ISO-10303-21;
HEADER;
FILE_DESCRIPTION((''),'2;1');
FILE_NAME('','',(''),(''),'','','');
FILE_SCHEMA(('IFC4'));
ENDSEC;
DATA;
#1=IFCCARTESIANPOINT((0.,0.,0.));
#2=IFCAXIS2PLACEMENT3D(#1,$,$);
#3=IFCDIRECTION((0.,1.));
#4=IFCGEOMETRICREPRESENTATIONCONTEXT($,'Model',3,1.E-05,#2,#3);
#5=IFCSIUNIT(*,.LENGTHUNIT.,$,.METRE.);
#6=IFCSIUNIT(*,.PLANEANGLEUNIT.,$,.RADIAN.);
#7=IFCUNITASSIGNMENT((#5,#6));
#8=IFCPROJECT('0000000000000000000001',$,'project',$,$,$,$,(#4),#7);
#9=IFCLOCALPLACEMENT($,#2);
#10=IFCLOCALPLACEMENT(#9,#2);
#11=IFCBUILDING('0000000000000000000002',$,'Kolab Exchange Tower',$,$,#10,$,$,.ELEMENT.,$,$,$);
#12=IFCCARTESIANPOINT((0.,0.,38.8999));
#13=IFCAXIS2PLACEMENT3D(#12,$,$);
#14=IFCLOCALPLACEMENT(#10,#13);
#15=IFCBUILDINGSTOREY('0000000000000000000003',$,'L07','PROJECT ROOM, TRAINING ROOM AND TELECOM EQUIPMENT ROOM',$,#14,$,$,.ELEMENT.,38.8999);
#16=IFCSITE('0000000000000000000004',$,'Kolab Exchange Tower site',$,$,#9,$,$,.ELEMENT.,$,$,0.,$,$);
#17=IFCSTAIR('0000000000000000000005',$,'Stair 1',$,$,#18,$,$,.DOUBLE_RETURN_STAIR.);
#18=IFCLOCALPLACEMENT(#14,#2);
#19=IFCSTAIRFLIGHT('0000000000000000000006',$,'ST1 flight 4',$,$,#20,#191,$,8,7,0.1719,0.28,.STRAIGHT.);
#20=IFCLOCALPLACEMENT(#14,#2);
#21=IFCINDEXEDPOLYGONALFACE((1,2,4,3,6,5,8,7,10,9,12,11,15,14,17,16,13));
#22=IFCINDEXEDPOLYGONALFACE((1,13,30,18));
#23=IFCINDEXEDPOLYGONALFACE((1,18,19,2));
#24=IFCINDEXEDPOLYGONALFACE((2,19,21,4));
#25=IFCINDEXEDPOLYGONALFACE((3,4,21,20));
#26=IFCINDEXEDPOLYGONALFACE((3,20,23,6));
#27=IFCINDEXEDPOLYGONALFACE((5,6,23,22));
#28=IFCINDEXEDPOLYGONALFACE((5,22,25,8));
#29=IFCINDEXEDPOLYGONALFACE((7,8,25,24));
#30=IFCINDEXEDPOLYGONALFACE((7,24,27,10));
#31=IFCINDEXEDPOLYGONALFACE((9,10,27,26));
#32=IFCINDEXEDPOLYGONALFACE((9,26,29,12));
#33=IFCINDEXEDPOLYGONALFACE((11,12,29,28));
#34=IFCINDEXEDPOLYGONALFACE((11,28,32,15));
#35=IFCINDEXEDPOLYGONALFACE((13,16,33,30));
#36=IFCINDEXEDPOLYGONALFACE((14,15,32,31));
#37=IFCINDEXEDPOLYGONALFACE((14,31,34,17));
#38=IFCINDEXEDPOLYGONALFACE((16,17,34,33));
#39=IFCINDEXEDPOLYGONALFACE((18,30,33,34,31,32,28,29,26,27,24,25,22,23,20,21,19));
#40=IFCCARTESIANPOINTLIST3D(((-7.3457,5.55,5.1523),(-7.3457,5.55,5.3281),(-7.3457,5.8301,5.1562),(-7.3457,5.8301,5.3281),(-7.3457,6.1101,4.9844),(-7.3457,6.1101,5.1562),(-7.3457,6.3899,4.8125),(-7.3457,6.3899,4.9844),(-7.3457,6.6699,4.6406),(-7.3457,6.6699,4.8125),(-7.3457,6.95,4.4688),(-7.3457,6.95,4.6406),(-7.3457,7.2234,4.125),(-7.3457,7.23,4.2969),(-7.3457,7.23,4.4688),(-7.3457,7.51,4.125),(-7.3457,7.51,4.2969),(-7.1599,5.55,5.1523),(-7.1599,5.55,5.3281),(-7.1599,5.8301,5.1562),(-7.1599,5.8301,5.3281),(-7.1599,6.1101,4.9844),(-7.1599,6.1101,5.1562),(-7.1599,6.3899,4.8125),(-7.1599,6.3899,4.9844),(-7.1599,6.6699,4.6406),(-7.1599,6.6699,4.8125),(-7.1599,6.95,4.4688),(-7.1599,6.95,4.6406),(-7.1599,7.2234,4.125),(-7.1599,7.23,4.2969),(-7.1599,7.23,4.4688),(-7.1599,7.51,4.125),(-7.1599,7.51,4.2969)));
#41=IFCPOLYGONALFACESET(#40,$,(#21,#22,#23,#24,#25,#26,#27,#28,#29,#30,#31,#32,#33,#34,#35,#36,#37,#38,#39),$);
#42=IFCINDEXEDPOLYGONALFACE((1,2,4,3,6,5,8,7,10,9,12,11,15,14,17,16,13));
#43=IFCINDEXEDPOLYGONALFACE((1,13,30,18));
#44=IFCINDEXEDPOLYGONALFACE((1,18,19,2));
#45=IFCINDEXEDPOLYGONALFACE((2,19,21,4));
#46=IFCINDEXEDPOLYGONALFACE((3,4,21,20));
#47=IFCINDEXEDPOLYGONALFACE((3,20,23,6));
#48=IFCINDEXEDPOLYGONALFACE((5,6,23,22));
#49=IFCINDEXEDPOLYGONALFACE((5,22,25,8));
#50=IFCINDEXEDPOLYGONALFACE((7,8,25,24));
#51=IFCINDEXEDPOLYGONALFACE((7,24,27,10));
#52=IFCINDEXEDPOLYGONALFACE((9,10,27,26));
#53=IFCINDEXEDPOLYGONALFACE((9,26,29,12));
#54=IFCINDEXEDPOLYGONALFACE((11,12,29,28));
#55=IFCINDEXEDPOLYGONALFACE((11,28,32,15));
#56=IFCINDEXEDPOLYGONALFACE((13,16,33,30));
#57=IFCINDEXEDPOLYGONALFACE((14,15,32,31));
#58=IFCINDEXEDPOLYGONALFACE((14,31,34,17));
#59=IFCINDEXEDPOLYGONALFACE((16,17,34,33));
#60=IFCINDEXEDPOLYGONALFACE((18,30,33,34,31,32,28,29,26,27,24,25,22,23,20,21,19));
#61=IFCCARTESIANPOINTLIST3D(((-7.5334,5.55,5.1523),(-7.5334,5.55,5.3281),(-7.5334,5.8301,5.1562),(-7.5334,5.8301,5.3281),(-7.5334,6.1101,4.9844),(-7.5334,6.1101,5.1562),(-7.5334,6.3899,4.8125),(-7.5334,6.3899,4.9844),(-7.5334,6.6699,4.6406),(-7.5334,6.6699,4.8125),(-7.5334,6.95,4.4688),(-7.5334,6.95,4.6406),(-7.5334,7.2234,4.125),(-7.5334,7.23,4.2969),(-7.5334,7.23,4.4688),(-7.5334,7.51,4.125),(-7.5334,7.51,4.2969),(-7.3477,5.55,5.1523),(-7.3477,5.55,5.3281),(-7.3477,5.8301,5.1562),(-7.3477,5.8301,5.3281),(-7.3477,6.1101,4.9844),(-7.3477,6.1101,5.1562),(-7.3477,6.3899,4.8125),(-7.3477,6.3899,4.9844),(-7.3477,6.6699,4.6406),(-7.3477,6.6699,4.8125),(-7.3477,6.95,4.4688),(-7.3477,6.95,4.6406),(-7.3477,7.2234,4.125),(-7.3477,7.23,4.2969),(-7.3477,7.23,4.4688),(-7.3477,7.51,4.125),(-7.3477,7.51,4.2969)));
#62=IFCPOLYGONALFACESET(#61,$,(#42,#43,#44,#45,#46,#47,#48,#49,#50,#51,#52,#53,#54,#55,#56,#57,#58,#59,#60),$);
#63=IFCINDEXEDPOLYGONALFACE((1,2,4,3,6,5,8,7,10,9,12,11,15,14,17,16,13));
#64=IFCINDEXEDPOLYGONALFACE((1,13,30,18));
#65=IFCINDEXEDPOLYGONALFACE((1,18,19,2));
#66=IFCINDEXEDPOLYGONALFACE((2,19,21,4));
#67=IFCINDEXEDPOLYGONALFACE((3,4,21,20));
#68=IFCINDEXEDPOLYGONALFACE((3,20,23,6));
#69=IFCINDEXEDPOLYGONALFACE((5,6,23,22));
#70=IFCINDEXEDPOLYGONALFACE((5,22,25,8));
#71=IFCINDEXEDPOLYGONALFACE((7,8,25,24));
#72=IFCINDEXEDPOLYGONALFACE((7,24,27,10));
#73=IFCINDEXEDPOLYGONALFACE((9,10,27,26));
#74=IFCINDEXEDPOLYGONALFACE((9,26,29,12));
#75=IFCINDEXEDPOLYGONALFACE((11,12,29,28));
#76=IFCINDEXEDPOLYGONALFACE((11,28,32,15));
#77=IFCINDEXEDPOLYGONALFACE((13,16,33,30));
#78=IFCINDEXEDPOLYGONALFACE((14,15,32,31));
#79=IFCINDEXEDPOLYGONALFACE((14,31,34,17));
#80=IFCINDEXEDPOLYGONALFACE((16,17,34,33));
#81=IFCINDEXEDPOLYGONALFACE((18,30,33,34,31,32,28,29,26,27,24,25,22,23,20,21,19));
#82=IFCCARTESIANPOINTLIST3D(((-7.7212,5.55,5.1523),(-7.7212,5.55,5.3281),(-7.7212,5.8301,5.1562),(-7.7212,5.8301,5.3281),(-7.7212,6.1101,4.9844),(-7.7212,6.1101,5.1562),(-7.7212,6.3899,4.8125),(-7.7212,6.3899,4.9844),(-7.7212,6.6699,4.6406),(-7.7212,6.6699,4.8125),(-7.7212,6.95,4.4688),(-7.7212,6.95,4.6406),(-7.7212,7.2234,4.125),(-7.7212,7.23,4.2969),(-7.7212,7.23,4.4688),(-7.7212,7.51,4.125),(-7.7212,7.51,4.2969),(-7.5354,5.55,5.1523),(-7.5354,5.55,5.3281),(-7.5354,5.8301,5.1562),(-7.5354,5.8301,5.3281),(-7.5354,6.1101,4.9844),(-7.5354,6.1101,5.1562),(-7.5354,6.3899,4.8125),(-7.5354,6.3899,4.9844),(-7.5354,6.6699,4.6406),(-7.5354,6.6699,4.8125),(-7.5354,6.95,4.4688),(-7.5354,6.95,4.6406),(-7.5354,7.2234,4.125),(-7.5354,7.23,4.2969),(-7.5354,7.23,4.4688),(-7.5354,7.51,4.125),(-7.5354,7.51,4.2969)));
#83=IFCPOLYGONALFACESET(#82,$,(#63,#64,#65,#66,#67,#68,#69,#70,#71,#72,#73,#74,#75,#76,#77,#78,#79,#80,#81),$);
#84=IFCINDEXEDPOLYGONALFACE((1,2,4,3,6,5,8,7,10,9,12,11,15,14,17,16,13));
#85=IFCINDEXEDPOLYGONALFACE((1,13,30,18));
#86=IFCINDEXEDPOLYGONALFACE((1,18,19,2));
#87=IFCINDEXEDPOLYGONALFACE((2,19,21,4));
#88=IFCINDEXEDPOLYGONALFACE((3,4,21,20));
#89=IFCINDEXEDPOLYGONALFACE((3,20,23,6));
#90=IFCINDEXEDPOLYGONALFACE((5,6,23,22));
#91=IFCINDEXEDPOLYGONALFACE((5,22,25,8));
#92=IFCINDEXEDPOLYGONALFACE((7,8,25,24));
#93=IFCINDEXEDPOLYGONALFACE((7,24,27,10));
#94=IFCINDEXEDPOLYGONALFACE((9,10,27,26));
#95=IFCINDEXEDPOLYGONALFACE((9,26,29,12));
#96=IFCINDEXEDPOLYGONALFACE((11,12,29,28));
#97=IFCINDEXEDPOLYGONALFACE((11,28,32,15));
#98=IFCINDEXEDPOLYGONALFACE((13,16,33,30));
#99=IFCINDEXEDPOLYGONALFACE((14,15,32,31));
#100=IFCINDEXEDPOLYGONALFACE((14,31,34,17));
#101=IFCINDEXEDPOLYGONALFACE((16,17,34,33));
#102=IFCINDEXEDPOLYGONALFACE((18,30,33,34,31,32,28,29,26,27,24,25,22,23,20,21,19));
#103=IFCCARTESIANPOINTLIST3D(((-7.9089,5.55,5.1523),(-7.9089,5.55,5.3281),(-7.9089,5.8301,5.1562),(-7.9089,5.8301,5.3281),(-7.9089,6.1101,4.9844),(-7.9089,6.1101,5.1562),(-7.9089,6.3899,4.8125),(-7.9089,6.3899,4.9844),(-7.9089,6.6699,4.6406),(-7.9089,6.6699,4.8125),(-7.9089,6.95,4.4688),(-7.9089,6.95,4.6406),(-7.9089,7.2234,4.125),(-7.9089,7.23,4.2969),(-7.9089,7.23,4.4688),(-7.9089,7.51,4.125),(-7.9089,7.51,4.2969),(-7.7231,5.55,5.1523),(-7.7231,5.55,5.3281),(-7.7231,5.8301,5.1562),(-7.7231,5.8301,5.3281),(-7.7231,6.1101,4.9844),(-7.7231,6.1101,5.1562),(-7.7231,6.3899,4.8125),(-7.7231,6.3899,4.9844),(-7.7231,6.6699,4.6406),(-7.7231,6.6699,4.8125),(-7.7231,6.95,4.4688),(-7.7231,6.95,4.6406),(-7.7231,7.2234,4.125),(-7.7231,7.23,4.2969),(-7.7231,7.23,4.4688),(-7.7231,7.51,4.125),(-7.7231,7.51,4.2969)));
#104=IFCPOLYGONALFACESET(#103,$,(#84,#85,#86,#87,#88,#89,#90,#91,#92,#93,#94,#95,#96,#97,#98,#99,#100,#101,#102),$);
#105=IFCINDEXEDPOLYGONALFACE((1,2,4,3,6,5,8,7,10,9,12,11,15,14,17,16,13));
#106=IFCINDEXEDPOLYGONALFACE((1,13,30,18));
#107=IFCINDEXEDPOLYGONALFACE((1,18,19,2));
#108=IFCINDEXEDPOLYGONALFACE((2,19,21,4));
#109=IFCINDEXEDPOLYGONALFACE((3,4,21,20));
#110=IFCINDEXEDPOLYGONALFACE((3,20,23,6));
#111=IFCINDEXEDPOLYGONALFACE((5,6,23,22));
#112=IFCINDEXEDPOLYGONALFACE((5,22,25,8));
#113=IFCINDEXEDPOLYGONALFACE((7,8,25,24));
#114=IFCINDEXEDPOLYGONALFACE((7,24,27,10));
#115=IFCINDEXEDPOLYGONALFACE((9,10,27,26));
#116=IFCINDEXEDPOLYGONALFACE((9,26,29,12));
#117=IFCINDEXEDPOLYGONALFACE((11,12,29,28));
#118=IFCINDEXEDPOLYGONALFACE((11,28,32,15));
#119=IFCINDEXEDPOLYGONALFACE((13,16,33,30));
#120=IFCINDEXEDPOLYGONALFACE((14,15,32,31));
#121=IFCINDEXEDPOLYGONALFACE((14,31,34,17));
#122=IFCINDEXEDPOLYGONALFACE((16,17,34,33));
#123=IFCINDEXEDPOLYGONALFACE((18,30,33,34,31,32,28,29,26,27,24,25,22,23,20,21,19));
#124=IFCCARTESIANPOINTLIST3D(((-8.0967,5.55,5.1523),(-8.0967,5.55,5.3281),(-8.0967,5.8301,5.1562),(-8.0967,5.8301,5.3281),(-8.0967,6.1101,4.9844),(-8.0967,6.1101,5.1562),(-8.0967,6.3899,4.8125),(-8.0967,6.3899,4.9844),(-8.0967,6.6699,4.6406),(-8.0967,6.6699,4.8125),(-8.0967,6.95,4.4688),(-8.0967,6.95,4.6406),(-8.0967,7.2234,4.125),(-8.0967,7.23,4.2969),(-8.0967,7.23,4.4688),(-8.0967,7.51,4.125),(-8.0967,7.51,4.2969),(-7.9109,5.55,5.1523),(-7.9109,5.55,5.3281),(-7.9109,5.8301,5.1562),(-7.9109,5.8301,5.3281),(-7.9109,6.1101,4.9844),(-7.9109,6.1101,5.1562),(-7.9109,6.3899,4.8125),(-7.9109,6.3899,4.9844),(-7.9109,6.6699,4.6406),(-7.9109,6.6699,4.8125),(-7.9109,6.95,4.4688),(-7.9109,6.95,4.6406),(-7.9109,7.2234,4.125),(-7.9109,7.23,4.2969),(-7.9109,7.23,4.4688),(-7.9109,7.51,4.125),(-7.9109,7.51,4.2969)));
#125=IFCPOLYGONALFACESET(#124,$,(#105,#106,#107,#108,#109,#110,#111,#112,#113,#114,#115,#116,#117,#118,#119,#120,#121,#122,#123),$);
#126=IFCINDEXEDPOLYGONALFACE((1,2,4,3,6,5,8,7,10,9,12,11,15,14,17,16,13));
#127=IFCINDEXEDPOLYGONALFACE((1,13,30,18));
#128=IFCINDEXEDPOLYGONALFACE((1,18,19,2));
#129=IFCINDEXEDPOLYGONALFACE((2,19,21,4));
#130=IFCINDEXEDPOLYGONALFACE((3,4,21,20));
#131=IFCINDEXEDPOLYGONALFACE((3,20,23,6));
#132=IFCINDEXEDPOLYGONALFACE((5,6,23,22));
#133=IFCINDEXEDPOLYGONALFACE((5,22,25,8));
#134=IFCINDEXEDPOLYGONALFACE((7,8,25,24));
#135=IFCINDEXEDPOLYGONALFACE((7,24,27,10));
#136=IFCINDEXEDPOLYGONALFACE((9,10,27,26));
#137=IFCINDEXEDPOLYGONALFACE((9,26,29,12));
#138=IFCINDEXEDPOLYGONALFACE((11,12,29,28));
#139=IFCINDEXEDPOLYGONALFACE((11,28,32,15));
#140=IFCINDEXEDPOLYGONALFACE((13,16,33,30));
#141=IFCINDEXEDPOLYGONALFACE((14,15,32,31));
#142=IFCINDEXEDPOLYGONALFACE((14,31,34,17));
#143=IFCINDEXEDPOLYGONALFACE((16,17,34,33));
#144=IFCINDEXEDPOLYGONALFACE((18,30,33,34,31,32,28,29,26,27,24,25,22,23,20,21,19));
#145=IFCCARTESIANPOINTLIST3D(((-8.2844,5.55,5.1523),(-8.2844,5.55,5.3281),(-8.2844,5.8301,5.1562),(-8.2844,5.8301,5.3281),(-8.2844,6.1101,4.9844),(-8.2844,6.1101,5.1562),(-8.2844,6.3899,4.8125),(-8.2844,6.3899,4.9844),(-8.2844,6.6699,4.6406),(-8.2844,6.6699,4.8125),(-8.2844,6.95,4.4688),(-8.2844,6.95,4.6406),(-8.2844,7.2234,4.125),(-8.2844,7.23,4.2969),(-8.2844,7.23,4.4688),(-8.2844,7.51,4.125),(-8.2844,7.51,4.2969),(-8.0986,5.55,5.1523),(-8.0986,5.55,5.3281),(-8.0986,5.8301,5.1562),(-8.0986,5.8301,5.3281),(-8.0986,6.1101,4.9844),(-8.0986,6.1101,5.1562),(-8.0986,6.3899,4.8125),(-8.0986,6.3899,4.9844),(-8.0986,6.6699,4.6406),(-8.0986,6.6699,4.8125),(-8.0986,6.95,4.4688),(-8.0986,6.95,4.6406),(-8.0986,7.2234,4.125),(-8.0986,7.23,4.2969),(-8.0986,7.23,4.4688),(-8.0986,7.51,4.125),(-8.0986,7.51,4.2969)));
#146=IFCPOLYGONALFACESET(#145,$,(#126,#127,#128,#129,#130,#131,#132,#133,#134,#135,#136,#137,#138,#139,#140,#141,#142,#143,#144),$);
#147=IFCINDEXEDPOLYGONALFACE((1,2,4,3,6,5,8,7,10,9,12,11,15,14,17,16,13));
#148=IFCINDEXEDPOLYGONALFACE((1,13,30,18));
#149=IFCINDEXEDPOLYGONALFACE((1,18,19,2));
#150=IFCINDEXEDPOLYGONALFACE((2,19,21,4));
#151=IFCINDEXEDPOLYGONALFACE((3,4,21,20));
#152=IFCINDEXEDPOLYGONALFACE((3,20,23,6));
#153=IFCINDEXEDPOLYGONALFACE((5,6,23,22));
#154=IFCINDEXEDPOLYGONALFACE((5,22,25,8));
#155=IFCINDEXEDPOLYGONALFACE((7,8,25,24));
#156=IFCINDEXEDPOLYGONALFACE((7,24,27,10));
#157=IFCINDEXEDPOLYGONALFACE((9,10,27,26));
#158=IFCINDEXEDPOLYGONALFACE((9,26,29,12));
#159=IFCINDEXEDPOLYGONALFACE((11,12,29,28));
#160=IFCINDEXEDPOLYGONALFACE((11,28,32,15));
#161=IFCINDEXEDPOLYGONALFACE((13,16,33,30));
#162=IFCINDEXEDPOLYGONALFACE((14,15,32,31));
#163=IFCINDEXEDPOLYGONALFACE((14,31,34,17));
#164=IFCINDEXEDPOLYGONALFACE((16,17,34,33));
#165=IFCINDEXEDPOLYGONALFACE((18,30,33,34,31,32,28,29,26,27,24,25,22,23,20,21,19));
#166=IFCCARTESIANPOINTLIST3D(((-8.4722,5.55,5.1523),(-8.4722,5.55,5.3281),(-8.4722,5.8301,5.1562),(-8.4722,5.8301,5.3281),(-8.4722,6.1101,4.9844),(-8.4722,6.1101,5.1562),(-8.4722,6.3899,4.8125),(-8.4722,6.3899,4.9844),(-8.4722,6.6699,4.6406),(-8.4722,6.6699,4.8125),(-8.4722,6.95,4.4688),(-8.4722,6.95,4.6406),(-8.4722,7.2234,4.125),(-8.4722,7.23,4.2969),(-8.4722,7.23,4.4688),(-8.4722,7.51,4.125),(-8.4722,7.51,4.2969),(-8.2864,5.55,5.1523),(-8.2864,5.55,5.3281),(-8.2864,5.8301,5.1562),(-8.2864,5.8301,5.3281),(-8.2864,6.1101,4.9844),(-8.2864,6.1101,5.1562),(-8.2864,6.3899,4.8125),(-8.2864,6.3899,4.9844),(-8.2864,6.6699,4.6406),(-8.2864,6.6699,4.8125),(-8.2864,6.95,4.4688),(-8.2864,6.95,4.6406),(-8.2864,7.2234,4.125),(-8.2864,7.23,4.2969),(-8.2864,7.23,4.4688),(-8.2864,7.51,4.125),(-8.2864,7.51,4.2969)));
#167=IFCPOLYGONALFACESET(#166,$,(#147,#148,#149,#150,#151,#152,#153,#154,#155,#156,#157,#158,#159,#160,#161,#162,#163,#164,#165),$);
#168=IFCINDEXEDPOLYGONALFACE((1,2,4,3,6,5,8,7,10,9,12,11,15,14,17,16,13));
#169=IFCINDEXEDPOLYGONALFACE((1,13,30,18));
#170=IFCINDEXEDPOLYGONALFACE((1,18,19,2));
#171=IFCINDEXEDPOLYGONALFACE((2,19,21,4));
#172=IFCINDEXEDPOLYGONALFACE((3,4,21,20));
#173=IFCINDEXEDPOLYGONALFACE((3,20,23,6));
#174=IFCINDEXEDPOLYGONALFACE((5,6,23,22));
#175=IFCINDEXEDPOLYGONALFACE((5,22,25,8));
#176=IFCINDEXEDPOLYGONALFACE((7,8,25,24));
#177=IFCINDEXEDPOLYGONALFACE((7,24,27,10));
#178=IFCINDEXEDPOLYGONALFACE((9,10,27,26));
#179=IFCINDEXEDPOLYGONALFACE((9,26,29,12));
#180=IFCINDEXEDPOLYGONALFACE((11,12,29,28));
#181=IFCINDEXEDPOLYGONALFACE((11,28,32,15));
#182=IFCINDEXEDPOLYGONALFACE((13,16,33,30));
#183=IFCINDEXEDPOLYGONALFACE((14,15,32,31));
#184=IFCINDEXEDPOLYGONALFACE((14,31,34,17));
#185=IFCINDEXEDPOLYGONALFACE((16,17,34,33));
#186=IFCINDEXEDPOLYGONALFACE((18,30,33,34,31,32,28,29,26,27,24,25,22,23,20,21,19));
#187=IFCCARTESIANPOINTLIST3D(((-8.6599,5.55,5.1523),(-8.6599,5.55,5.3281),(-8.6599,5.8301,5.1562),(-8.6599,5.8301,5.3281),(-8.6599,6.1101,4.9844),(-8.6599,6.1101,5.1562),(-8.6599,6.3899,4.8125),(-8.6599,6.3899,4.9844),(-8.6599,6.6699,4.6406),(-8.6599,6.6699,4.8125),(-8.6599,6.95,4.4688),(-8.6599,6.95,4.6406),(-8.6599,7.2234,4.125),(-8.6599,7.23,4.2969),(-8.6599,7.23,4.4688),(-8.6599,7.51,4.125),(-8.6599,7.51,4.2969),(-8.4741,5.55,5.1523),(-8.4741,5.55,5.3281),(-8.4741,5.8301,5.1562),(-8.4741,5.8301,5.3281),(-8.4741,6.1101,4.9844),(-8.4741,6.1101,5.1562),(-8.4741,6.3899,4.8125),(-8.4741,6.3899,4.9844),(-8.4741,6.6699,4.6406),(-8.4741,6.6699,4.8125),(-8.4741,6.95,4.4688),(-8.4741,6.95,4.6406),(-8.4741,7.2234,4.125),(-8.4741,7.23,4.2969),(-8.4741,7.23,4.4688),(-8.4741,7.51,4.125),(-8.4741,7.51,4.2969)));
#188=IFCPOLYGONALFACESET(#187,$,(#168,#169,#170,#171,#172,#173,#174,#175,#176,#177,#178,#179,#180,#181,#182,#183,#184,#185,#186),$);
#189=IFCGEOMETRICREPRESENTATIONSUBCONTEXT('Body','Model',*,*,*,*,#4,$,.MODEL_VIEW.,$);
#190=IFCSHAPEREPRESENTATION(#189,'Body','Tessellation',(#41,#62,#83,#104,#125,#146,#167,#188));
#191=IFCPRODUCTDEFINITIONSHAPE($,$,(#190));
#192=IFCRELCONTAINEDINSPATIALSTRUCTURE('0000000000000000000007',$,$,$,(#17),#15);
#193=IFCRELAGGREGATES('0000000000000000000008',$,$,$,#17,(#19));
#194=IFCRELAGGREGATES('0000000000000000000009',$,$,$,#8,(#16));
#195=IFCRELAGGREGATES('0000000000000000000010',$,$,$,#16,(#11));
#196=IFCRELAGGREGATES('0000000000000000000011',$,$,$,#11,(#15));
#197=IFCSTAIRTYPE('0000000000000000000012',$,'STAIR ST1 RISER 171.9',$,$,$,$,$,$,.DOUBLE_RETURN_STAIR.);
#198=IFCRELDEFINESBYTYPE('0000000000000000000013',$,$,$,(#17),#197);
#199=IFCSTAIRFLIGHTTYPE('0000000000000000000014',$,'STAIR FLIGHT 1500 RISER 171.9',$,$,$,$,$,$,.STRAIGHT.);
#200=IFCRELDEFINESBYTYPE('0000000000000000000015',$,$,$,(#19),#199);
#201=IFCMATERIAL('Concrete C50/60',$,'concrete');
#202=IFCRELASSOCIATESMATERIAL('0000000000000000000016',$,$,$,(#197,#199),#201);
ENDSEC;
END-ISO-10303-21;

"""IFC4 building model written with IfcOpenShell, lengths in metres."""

from ifc_helpers import new_model, si_unit, direction, frame, origin, place, context, subcontext, project, spatial, polyline, outline, extrude, material, type_object, element, aggregate, save


model = new_model("IFC4")

# Units and contexts
model_context = context("Model", 3, precision=1e-05, world=origin(), true_north=direction((0.0, 1.0)))
body_context = subcontext(model_context, "Body", "Model", "MODEL_VIEW")
ifc_project = project(units=[si_unit("LENGTHUNIT", "METRE"), si_unit("PLANEANGLEUNIT", "RADIAN")], contexts=[model_context])

# Site, building, storey
site_placement = place(None, origin())
site = spatial("IfcSite", under=ifc_project, at=site_placement, Name="Kolab Exchange Tower site", CompositionType="ELEMENT", RefElevation=0.0)
building_placement = place(site_placement, origin())
building = spatial("IfcBuilding", under=site, at=building_placement, Name="Kolab Exchange Tower", CompositionType="ELEMENT")
storey_placement = place(building_placement, frame((0.0, 0.0, 38.8999)))
storey = spatial("IfcBuildingStorey", under=building, at=storey_placement, Name="L07", Description="PROJECT ROOM, TRAINING ROOM AND TELECOM EQUIPMENT ROOM", CompositionType="ELEMENT", Elevation=38.8999)

# Shared definitions
ifc_material_1 = material(Name="Concrete C50/60", Category="concrete")

# Stair, stair flight
stair_type = type_object("IfcStairType", Name="STAIR ST1 RISER 171.9", PredefinedType="DOUBLE_RETURN_STAIR", material=ifc_material_1)
stair_placement = place(storey_placement, origin())
stair = element("IfcStair", 1, at=stair_placement, inside=storey, type_object=stair_type, Name="Stair 1", PredefinedType="DOUBLE_RETURN_STAIR")
stair_flight_type = type_object("IfcStairFlightType", Name="STAIR FLIGHT 1500 RISER 171.9", PredefinedType="STRAIGHT", material=ifc_material_1)
stair_flight_1_placement = place(storey_placement, frame((-7.9099, 7.51, 4.125), z_axis=(0.0, 0.0, 1.0), x_axis=(0.0, -1.0, 0.0)))
stair_flight_1 = element("IfcStairFlight", 2, at=stair_flight_1_placement, type_object=stair_flight_type, Name="ST1 flight 4", NumberOfRisers=8, NumberOfTreads=7, PredefinedType="STRAIGHT", RiserHeight=0.1719, TreadLength=0.28, context=body_context, shape_type="SweptSolid", body=[
    extrude(outline(polyline([(0.0, 0.0), (0.0, 0.1719), (0.28, 0.1719), (0.28, 0.3438), (0.5601, 0.3438), (0.5601, 0.5156), (0.8401, 0.5156), (0.8401, 0.6875), (1.1201, 0.6875), (1.1201, 0.8594), (1.3999, 0.8594), (1.3999, 1.0312), (1.6799, 1.0312), (1.6799, 1.2031), (1.96, 1.2031), (1.96, 1.375), (1.96, 1.0273), (0.2866, 0.0), (0.0, 0.0)])), frame((0.0, 0.75, 0.0), z_axis=(0.0, -1.0, 0.0), x_axis=(1.0, 0.0, 0.0)), (0.0, 0.0, 1.0), 0.1858),
    extrude(outline(polyline([(0.0, 0.0), (0.0, 0.1719), (0.28, 0.1719), (0.28, 0.3438), (0.5601, 0.3438), (0.5601, 0.5156), (0.8401, 0.5156), (0.8401, 0.6875), (1.1201, 0.6875), (1.1201, 0.8594), (1.3999, 0.8594), (1.3999, 1.0312), (1.6799, 1.0312), (1.6799, 1.2031), (1.96, 1.2031), (1.96, 1.375), (1.96, 1.0273), (0.2866, 0.0), (0.0, 0.0)])), frame((0.0, 0.5623, 0.0), z_axis=(0.0, -1.0, 0.0), x_axis=(1.0, 0.0, 0.0)), (0.0, 0.0, 1.0), 0.1858),
    extrude(outline(polyline([(0.0, 0.0), (0.0, 0.1719), (0.28, 0.1719), (0.28, 0.3438), (0.5601, 0.3438), (0.5601, 0.5156), (0.8401, 0.5156), (0.8401, 0.6875), (1.1201, 0.6875), (1.1201, 0.8594), (1.3999, 0.8594), (1.3999, 1.0312), (1.6799, 1.0312), (1.6799, 1.2031), (1.96, 1.2031), (1.96, 1.375), (1.96, 1.0273), (0.2866, 0.0), (0.0, 0.0)])), frame((0.0, 0.3745, 0.0), z_axis=(0.0, -1.0, 0.0), x_axis=(1.0, 0.0, 0.0)), (0.0, 0.0, 1.0), 0.1858),
    extrude(outline(polyline([(0.0, 0.0), (0.0, 0.1719), (0.28, 0.1719), (0.28, 0.3438), (0.5601, 0.3438), (0.5601, 0.5156), (0.8401, 0.5156), (0.8401, 0.6875), (1.1201, 0.6875), (1.1201, 0.8594), (1.3999, 0.8594), (1.3999, 1.0312), (1.6799, 1.0312), (1.6799, 1.2031), (1.96, 1.2031), (1.96, 1.375), (1.96, 1.0273), (0.2866, 0.0), (0.0, 0.0)])), frame((0.0, 0.1868, 0.0), z_axis=(0.0, -1.0, 0.0), x_axis=(1.0, 0.0, 0.0)), (0.0, 0.0, 1.0), 0.1858),
    extrude(outline(polyline([(0.0, 0.0), (0.0, 0.1719), (0.28, 0.1719), (0.28, 0.3438), (0.5601, 0.3438), (0.5601, 0.5156), (0.8401, 0.5156), (0.8401, 0.6875), (1.1201, 0.6875), (1.1201, 0.8594), (1.3999, 0.8594), (1.3999, 1.0312), (1.6799, 1.0312), (1.6799, 1.2031), (1.96, 1.2031), (1.96, 1.375), (1.96, 1.0273), (0.2866, 0.0), (0.0, 0.0)])), frame((0.0, -0.001, 0.0), z_axis=(0.0, -1.0, 0.0), x_axis=(1.0, 0.0, 0.0)), (0.0, 0.0, 1.0), 0.1858),
    extrude(outline(polyline([(0.0, 0.0), (0.0, 0.1719), (0.28, 0.1719), (0.28, 0.3438), (0.5601, 0.3438), (0.5601, 0.5156), (0.8401, 0.5156), (0.8401, 0.6875), (1.1201, 0.6875), (1.1201, 0.8594), (1.3999, 0.8594), (1.3999, 1.0312), (1.6799, 1.0312), (1.6799, 1.2031), (1.96, 1.2031), (1.96, 1.375), (1.96, 1.0273), (0.2866, 0.0), (0.0, 0.0)])), frame((0.0, -0.1887, 0.0), z_axis=(0.0, -1.0, 0.0), x_axis=(1.0, 0.0, 0.0)), (0.0, 0.0, 1.0), 0.1858),
    extrude(outline(polyline([(0.0, 0.0), (0.0, 0.1719), (0.28, 0.1719), (0.28, 0.3438), (0.5601, 0.3438), (0.5601, 0.5156), (0.8401, 0.5156), (0.8401, 0.6875), (1.1201, 0.6875), (1.1201, 0.8594), (1.3999, 0.8594), (1.3999, 1.0312), (1.6799, 1.0312), (1.6799, 1.2031), (1.96, 1.2031), (1.96, 1.375), (1.96, 1.0273), (0.2866, 0.0), (0.0, 0.0)])), frame((0.0, -0.3765, 0.0), z_axis=(0.0, -1.0, 0.0), x_axis=(1.0, 0.0, 0.0)), (0.0, 0.0, 1.0), 0.1858),
    extrude(outline(polyline([(0.0, 0.0), (0.0, 0.1719), (0.28, 0.1719), (0.28, 0.3438), (0.5601, 0.3438), (0.5601, 0.5156), (0.8401, 0.5156), (0.8401, 0.6875), (1.1201, 0.6875), (1.1201, 0.8594), (1.3999, 0.8594), (1.3999, 1.0312), (1.6799, 1.0312), (1.6799, 1.2031), (1.96, 1.2031), (1.96, 1.375), (1.96, 1.0273), (0.2866, 0.0), (0.0, 0.0)])), frame((0.0, -0.5642, 0.0), z_axis=(0.0, -1.0, 0.0), x_axis=(1.0, 0.0, 0.0)), (0.0, 0.0, 1.0), 0.1858),
])
aggregate(stair, [stair_flight_1])

save(model, "model.ifc")
